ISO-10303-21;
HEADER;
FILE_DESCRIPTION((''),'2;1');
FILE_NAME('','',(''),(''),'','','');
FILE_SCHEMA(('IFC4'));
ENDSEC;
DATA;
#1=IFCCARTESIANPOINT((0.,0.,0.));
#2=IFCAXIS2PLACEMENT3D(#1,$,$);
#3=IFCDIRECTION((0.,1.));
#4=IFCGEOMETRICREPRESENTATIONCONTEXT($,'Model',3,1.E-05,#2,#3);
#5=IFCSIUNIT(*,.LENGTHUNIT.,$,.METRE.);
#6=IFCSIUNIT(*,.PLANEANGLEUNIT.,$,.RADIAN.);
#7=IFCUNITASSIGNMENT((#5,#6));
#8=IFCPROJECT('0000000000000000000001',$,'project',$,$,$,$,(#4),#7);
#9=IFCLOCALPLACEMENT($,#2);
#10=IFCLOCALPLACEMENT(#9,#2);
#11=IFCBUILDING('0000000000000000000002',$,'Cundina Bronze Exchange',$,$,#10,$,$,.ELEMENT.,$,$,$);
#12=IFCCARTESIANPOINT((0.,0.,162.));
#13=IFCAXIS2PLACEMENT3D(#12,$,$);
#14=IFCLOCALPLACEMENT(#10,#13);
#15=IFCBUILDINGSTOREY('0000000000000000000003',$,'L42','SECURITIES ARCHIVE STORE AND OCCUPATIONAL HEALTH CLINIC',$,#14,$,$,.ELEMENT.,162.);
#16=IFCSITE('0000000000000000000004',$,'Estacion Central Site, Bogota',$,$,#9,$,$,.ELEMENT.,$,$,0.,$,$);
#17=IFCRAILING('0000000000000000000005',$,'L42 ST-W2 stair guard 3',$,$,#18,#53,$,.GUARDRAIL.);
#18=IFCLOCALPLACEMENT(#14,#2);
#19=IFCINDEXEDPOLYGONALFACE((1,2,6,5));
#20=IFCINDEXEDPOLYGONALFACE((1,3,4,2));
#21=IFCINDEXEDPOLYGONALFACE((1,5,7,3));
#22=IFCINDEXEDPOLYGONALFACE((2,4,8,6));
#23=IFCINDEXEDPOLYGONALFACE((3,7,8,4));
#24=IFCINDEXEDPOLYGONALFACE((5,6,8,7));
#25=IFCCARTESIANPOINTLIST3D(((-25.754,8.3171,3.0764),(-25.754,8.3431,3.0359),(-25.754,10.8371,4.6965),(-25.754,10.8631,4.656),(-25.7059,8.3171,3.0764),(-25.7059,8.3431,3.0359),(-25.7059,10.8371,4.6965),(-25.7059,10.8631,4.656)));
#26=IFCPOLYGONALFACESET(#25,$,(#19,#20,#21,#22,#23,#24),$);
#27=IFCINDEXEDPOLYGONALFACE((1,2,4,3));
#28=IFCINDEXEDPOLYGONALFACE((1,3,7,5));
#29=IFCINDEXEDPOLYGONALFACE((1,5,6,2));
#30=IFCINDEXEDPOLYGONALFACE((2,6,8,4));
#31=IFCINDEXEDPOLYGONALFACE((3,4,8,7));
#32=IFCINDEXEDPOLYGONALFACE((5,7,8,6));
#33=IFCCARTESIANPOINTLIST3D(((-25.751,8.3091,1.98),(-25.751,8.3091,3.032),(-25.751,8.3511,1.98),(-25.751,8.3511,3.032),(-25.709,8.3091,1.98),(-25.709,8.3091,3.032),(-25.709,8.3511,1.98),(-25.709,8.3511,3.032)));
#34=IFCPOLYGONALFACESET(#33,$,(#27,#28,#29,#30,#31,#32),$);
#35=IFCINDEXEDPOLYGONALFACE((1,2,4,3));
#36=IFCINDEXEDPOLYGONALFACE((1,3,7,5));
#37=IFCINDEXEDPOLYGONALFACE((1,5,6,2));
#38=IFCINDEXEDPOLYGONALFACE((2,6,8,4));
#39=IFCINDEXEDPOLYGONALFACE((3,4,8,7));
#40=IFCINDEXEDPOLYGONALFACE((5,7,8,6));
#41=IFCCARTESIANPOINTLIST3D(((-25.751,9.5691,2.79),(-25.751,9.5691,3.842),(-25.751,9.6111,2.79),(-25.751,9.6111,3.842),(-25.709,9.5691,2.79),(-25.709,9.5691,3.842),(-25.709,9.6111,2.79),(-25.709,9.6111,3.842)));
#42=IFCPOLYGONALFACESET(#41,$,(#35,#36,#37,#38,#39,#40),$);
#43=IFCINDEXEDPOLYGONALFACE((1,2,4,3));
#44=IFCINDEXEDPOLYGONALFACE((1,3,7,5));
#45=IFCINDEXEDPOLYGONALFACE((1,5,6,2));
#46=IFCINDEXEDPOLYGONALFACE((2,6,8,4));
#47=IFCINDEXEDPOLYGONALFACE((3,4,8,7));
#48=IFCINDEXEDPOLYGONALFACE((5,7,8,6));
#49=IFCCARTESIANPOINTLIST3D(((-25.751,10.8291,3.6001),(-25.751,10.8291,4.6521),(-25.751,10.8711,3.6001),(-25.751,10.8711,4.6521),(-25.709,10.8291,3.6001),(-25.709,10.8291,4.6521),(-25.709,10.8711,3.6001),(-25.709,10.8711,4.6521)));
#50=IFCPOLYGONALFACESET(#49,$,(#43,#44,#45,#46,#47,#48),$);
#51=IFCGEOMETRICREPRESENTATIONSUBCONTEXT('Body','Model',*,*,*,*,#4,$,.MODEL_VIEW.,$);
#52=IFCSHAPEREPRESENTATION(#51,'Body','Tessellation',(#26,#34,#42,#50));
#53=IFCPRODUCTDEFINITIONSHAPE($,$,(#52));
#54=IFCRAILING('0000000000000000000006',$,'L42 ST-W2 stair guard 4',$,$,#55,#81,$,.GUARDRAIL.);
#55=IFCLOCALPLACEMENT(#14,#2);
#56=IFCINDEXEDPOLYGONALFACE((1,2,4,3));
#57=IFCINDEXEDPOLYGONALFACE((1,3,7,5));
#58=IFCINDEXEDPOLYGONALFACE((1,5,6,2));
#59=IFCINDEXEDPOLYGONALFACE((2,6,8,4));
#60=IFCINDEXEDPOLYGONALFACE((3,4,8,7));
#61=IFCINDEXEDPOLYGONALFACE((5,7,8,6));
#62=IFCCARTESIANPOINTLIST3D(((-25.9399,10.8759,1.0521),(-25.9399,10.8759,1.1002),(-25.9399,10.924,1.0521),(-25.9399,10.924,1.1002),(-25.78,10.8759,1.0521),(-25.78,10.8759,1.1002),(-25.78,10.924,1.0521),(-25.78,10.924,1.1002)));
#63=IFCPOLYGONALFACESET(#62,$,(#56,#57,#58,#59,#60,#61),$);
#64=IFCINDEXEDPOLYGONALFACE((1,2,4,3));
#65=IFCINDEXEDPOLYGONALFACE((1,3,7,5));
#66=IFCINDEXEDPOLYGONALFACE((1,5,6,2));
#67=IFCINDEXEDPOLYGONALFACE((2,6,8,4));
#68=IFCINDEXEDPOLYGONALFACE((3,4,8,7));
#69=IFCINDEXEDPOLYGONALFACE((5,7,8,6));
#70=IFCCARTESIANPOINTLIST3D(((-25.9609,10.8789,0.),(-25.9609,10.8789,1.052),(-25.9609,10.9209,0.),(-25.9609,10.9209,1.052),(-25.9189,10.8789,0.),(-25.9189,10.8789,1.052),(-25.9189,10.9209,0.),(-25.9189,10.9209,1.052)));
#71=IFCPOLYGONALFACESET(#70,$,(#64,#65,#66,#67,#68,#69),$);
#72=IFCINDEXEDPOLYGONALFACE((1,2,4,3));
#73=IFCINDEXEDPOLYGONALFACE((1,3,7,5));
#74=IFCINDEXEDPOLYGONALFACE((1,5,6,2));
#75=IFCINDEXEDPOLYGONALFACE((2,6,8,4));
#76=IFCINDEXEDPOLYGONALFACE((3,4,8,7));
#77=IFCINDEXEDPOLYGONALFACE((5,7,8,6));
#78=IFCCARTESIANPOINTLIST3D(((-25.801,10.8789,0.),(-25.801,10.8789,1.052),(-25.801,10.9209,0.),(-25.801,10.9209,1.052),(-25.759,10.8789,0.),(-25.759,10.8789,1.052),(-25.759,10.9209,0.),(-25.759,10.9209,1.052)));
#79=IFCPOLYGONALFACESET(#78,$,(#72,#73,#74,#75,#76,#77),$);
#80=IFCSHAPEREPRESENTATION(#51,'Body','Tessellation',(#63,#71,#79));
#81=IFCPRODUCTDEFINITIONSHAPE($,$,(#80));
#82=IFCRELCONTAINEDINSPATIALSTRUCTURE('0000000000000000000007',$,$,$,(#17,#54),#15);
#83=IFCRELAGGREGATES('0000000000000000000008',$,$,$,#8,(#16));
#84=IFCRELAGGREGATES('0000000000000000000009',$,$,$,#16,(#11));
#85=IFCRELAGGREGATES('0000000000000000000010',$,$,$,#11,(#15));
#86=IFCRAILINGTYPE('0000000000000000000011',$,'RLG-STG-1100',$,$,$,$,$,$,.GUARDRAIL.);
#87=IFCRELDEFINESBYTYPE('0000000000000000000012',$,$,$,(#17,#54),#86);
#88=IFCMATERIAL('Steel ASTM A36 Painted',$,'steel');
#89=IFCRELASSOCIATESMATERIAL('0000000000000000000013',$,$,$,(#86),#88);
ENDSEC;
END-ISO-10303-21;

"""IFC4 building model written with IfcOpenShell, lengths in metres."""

from ifc_helpers import new_model, si_unit, direction, frame, origin, origin_2d, place, context, subcontext, project, spatial, rectangle, extrude, material, type_object, element, save


model = new_model("IFC4")

# Units and contexts
model_context = context("Model", 3, precision=1e-05, world=origin(), true_north=direction((0.0, 1.0)))
body_context = subcontext(model_context, "Body", "Model", "MODEL_VIEW")
ifc_project = project(units=[si_unit("LENGTHUNIT", "METRE"), si_unit("PLANEANGLEUNIT", "RADIAN")], contexts=[model_context])

# Site, building, storey
site_placement = place(None, origin())
site = spatial("IfcSite", under=ifc_project, at=site_placement, Name="Estacion Central Site, Bogota", CompositionType="ELEMENT", RefElevation=0.0)
building_placement = place(site_placement, origin())
building = spatial("IfcBuilding", under=site, at=building_placement, Name="Cundina Bronze Exchange", CompositionType="ELEMENT")
storey_placement = place(building_placement, frame((0.0, 0.0, 162.0)))
storey = spatial("IfcBuildingStorey", under=building, at=storey_placement, Name="L42", Description="SECURITIES ARCHIVE STORE AND OCCUPATIONAL HEALTH CLINIC", CompositionType="ELEMENT", Elevation=162.0)

# Shared definitions
ifc_material_1 = material(Name="Steel ASTM A36 Painted", Category="steel")

# Railings
railing_type_1 = type_object("IfcRailingType", Name="RLG-STG-1100", PredefinedType="GUARDRAIL", material=ifc_material_1)
railing_1_placement = place(storey_placement, frame((-25.73, 8.3301, 1.98)))
element("IfcRailing", 1, at=railing_1_placement, inside=storey, type_object=railing_type_1, Name="L42 ST-W2 stair guard 3", PredefinedType="GUARDRAIL", context=body_context, shape_type="SweptSolid", body=[
    extrude(rectangle(XDim=0.0481, YDim=0.0481, at=origin_2d()), frame((0.0, 0.0, 1.0762), z_axis=(0.0, 0.841163, 0.540782), x_axis=(-1.0, 0.0, 0.0)), (0.0, 0.0, 1.0), 2.9958),
    extrude(rectangle(XDim=0.042, YDim=0.042, at=origin_2d()), origin(), (0.0, 0.0, 1.0), 1.052),
    extrude(rectangle(XDim=0.042, YDim=0.042, at=origin_2d()), frame((0.0, 1.26, 0.8101)), (0.0, 0.0, 1.0), 1.052),
    extrude(rectangle(XDim=0.042, YDim=0.042, at=origin_2d()), frame((0.0, 2.52, 1.6201)), (0.0, 0.0, 1.0), 1.052),
])
railing_2_placement = place(storey_placement, frame((-25.9399, 10.8999, 0.0)))
element("IfcRailing", 2, at=railing_2_placement, inside=storey, type_object=railing_type_1, Name="L42 ST-W2 stair guard 4", PredefinedType="GUARDRAIL", context=body_context, shape_type="SweptSolid", body=[
    extrude(rectangle(XDim=0.0481, YDim=0.0481, at=origin_2d()), frame((0.0, 0.0, 1.0762), z_axis=(1.0, 0.0, 0.0), x_axis=(0.0, 1.0, 0.0)), (0.0, 0.0, 1.0), 0.1599),
    extrude(rectangle(XDim=0.042, YDim=0.042, at=origin_2d()), origin(), (0.0, 0.0, 1.0), 1.052),
    extrude(rectangle(XDim=0.042, YDim=0.042, at=origin_2d()), frame((0.1599, 0.0, 0.0)), (0.0, 0.0, 1.0), 1.052),
])

save(model, "model.ifc")
